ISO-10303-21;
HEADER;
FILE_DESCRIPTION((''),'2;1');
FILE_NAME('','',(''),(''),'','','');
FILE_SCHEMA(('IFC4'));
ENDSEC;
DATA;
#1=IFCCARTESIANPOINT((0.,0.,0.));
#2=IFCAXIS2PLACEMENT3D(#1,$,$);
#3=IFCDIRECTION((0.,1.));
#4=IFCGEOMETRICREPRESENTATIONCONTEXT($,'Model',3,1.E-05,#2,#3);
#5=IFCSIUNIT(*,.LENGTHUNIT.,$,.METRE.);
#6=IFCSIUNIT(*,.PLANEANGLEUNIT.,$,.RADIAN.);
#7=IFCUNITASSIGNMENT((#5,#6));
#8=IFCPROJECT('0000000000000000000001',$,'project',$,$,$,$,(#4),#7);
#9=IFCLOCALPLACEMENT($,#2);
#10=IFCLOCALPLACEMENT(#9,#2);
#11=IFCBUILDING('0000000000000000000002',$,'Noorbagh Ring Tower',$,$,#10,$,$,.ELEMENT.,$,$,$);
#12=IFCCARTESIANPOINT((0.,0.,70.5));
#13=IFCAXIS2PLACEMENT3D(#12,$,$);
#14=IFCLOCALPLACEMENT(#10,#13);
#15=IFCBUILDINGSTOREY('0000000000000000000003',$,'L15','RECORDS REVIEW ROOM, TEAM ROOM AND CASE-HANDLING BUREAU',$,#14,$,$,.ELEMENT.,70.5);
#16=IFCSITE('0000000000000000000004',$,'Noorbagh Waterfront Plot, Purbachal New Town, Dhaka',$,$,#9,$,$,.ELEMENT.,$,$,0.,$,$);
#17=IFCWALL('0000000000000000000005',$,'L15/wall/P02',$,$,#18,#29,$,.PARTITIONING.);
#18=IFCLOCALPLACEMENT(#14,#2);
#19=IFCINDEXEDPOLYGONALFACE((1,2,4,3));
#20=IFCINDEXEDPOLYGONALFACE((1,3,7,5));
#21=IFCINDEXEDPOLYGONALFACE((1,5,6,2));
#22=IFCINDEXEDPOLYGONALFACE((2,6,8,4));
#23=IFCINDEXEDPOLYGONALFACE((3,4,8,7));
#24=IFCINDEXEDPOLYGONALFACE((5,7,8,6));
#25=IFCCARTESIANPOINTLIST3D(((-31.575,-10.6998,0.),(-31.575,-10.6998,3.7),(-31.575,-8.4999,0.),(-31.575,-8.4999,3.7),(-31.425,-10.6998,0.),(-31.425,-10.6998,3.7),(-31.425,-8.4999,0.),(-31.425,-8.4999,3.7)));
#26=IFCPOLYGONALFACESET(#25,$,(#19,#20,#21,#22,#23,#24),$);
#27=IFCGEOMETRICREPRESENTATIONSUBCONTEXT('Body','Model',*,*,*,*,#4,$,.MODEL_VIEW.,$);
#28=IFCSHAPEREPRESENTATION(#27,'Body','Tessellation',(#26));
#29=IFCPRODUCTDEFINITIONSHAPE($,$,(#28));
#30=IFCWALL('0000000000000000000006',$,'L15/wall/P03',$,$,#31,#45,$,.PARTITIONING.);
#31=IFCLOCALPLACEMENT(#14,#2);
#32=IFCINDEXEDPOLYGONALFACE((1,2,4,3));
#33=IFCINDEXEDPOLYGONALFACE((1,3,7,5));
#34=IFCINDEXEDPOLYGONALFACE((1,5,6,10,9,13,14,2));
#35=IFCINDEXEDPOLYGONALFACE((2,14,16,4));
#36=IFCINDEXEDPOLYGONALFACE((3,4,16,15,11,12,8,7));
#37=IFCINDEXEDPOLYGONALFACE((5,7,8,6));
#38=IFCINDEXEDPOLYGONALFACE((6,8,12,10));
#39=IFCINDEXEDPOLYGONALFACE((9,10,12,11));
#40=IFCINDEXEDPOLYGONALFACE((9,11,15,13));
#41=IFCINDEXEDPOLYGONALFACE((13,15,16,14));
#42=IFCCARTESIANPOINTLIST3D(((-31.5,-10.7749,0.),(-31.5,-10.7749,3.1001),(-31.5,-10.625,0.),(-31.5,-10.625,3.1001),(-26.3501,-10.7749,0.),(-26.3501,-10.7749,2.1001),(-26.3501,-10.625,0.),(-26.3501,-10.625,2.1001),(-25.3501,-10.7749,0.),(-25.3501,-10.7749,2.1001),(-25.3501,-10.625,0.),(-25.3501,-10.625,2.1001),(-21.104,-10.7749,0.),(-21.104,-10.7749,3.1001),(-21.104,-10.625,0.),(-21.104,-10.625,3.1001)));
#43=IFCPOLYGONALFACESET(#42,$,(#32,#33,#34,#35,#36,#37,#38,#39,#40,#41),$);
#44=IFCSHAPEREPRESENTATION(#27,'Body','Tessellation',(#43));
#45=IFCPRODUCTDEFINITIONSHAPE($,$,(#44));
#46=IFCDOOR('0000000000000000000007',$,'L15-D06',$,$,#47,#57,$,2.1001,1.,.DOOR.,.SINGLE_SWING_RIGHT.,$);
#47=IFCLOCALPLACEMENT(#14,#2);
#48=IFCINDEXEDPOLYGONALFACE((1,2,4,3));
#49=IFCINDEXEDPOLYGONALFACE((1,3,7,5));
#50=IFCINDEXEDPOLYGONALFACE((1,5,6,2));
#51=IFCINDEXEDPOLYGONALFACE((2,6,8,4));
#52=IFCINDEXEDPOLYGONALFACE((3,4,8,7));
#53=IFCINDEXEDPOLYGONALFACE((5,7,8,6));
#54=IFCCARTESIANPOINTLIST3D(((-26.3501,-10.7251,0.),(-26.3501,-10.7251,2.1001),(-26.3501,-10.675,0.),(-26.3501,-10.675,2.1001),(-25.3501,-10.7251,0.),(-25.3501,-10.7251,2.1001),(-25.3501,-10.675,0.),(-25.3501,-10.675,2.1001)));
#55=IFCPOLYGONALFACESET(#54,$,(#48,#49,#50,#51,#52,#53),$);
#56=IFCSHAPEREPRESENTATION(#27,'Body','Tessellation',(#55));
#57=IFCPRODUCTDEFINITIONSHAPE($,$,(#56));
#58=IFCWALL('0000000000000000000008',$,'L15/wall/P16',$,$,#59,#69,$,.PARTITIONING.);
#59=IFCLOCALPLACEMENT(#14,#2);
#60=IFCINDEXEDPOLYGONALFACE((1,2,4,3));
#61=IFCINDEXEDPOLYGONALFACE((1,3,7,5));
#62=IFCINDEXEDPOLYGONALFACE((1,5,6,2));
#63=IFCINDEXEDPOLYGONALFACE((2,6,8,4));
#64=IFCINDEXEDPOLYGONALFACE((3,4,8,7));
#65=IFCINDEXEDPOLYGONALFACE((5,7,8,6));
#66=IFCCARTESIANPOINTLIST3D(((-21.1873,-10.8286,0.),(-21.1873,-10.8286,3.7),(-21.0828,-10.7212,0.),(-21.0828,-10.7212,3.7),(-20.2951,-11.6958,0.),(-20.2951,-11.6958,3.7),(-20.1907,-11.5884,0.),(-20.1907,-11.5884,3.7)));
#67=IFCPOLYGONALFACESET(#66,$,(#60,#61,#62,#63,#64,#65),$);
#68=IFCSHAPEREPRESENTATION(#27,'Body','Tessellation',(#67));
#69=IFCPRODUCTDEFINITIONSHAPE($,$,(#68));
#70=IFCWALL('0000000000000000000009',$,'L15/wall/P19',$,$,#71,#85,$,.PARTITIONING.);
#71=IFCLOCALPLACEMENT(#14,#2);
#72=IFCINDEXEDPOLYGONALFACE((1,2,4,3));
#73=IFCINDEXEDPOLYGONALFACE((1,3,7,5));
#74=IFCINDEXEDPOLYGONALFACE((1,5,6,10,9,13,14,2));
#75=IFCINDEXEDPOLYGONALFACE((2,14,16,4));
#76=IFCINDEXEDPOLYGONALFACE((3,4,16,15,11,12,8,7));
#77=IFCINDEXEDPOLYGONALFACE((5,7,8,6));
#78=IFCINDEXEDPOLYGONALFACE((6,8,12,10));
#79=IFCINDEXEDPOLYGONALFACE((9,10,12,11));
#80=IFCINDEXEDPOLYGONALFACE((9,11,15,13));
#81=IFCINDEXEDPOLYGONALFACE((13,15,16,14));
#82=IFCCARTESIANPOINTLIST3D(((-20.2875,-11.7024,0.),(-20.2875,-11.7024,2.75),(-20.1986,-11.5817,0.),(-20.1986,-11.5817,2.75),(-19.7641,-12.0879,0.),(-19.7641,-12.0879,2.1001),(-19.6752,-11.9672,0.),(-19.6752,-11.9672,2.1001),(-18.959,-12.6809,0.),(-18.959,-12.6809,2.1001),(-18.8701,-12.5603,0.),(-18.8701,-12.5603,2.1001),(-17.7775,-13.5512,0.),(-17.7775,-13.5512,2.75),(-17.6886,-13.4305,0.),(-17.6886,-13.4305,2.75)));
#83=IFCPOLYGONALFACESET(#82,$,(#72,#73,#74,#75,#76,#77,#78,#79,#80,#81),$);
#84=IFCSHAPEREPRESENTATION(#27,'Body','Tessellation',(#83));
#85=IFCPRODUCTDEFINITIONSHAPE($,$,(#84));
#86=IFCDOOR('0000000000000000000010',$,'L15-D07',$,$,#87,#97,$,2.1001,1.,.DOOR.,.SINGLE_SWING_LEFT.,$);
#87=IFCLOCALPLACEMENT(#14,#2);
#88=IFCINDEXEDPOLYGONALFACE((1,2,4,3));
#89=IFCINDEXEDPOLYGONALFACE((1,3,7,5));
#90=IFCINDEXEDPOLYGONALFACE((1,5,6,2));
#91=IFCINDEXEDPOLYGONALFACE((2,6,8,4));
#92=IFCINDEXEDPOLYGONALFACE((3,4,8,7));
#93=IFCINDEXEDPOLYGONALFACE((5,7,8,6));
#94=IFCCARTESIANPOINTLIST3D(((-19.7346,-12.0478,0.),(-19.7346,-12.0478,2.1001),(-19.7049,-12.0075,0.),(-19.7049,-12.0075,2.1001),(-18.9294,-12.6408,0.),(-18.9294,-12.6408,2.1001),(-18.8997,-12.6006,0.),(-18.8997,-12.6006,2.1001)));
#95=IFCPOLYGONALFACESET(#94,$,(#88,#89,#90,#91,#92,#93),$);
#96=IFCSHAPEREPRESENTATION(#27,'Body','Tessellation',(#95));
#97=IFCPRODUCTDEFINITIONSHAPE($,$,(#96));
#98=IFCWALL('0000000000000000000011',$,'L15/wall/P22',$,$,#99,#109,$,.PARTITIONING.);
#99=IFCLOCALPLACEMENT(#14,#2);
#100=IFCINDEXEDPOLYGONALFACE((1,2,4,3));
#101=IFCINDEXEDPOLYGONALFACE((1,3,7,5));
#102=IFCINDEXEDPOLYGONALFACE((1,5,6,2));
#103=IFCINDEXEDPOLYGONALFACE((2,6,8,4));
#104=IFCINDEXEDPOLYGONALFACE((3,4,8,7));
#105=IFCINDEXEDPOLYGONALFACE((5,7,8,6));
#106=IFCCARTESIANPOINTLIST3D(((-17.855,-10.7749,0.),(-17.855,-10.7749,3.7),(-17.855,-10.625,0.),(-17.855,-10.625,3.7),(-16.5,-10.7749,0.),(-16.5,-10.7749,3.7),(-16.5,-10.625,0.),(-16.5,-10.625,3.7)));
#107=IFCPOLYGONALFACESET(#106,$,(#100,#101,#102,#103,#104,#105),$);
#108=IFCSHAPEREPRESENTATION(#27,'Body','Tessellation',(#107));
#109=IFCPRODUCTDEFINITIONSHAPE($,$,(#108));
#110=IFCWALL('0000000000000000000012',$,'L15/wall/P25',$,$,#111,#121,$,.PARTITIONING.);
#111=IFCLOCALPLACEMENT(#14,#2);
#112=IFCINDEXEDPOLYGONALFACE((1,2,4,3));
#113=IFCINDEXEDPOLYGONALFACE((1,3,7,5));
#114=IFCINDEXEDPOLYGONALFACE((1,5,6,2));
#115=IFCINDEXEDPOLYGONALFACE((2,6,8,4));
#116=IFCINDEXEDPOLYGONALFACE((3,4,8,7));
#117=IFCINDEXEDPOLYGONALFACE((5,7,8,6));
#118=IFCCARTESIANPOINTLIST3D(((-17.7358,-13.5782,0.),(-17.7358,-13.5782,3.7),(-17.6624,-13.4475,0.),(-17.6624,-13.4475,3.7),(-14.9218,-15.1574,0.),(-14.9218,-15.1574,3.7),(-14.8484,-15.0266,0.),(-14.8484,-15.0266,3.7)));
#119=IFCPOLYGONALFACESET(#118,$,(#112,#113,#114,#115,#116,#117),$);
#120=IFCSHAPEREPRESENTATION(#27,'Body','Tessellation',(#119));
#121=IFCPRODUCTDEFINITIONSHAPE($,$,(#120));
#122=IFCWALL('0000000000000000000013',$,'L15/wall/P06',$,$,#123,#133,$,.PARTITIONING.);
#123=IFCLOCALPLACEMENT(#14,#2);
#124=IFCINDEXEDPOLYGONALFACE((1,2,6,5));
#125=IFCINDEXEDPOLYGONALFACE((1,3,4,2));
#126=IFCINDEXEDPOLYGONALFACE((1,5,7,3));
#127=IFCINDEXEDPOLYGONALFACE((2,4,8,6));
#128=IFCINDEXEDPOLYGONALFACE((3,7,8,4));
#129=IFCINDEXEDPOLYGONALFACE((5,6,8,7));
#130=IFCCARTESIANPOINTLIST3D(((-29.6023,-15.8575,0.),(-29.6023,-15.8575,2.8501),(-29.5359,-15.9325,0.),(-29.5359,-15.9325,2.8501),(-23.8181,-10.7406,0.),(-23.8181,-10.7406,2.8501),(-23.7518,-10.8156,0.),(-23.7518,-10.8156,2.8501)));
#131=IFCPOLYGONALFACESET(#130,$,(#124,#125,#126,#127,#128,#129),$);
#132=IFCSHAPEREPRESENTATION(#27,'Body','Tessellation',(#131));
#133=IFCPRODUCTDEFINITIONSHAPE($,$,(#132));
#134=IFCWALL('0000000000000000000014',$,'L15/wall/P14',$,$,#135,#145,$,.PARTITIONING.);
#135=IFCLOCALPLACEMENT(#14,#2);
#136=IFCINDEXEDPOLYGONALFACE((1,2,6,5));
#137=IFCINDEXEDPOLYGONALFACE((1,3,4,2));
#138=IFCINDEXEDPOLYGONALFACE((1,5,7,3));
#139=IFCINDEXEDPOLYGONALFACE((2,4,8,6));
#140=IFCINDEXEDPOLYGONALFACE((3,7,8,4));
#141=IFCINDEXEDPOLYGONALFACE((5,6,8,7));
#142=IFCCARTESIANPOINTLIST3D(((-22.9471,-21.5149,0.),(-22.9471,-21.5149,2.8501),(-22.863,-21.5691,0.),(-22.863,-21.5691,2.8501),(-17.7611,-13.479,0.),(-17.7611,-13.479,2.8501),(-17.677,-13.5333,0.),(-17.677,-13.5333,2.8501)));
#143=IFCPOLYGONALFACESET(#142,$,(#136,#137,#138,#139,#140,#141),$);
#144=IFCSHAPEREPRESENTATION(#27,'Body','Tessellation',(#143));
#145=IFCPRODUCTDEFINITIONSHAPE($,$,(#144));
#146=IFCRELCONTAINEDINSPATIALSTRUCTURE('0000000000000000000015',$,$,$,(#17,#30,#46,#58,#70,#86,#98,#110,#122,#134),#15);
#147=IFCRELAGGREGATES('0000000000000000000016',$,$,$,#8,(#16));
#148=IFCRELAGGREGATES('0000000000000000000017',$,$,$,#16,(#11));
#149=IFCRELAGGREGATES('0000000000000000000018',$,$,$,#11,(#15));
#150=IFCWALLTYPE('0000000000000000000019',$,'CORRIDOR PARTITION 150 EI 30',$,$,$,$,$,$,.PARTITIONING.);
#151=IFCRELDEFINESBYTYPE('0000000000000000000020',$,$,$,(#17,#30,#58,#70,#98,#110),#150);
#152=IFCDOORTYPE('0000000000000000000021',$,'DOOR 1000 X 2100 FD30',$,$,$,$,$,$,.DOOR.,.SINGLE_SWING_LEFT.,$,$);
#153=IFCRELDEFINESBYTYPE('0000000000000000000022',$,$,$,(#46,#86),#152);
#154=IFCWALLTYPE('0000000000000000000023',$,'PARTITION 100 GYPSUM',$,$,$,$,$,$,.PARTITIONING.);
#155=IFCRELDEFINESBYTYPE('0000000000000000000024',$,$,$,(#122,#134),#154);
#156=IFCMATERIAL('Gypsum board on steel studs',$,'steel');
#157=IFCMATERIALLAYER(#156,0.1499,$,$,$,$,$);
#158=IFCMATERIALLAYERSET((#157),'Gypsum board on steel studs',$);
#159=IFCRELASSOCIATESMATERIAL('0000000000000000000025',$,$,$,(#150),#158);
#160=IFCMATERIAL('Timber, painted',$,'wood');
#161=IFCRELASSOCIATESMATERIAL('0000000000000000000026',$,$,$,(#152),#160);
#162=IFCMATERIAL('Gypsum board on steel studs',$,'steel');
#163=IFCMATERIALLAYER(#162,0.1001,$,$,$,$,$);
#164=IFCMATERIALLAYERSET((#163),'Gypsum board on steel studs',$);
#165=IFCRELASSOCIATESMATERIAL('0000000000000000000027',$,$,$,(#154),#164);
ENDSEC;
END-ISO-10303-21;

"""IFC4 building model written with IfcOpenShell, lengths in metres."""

from ifc_helpers import new_model, si_unit, direction, frame, frame_2d, origin, place, context, subcontext, project, spatial, rectangle, extrude, material, layer, layer_set, type_object, element, fill, save


model = new_model("IFC4")

# Units and contexts
model_context = context("Model", 3, precision=1e-05, world=origin(), true_north=direction((0.0, 1.0)))
body_context = subcontext(model_context, "Body", "Model", "MODEL_VIEW")
ifc_project = project(units=[si_unit("LENGTHUNIT", "METRE"), si_unit("PLANEANGLEUNIT", "RADIAN")], contexts=[model_context])

# Site, building, storey
site_placement = place(None, origin())
site = spatial("IfcSite", under=ifc_project, at=site_placement, Name="Noorbagh Waterfront Plot, Purbachal New Town, Dhaka", CompositionType="ELEMENT", RefElevation=0.0)
building_placement = place(site_placement, origin())
building = spatial("IfcBuilding", under=site, at=building_placement, Name="Noorbagh Ring Tower", CompositionType="ELEMENT")
storey_placement = place(building_placement, frame((0.0, 0.0, 70.5)))
storey = spatial("IfcBuildingStorey", under=building, at=storey_placement, Name="L15", Description="RECORDS REVIEW ROOM, TEAM ROOM AND CASE-HANDLING BUREAU", CompositionType="ELEMENT", Elevation=70.5)

# Wall
ifc_material_1 = material(Name="Gypsum board on steel studs", Category="steel")
ifc_layer_1 = layer(ifc_material_1, 0.1499)
ifc_layer_set_1 = layer_set([ifc_layer_1], Name="Gypsum board on steel studs")
wall_type_1 = type_object("IfcWallType", Name="CORRIDOR PARTITION 150 EI 30", PredefinedType="PARTITIONING", material=ifc_layer_set_1)
wall_1_placement = place(storey_placement, frame((-31.5, -10.7, 0.0), z_axis=(0.0, 0.0, 1.0), x_axis=(0.0, 1.0, 0.0)))
element("IfcWall", 1, at=wall_1_placement, inside=storey, type_object=wall_type_1, Name="L15/wall/P02", PredefinedType="PARTITIONING", context=body_context, shape_type="SweptSolid", body=[
    extrude(rectangle(XDim=2.2, YDim=0.1499, at=frame_2d((1.1001, 0.0))), origin(), (0.0, 0.0, 1.0), 3.7),
])

# Wall, opening, door
wall_2_placement = place(storey_placement, frame((-31.5, -10.7, 0.0), z_axis=(0.0, 0.0, 1.0), x_axis=(1.0, 0.0, 0.0)))
wall_2 = element("IfcWall", 2, at=wall_2_placement, inside=storey, type_object=wall_type_1, Name="L15/wall/P03", PredefinedType="PARTITIONING", context=body_context, shape_type="SweptSolid", body=[
    extrude(rectangle(XDim=10.396, YDim=0.1499, at=frame_2d((5.198, 0.0))), origin(), (0.0, 0.0, 1.0), 3.1001),
])
opening_1_placement = place(wall_2_placement, frame((5.1499, 0.0, 0.0)))
opening_1 = element("IfcOpeningElement", 3, at=opening_1_placement, cuts=wall_2, PredefinedType="OPENING", context=body_context, shape_type="SweptSolid", body=[
    extrude(rectangle(XDim=1.0, YDim=2.1001, at=frame_2d((0.5, 1.05))), frame((0.0, 0.085, 0.0), z_axis=(0.0, -1.0, 0.0), x_axis=(1.0, 0.0, 0.0)), (0.0, 0.0, 1.0), 0.1699),
])
ifc_material_2 = material(Name="Timber, painted", Category="wood")
door_type = type_object("IfcDoorType", Name="DOOR 1000 X 2100 FD30", OperationType="SINGLE_SWING_LEFT", PredefinedType="DOOR", material=ifc_material_2)
door_1_placement = place(opening_1_placement, origin())
door_1 = element("IfcDoor", 4, at=door_1_placement, inside=storey, type_object=door_type, Name="L15-D06", OperationType="SINGLE_SWING_RIGHT", OverallHeight=2.1001, OverallWidth=1.0, PredefinedType="DOOR", context=body_context, shape_type="SweptSolid", body=[
    extrude(rectangle(XDim=1.0, YDim=2.1001, at=frame_2d((0.5, 1.05))), frame((0.0, 0.0249, 0.0), z_axis=(0.0, -1.0, 0.0), x_axis=(1.0, 0.0, 0.0)), (0.0, 0.0, 1.0), 0.05),
])
fill(opening_1, door_1)

# Wall
wall_3_placement = place(storey_placement, frame((-21.135, -10.7749, 0.0), z_axis=(0.0, 0.0, 1.0), x_axis=(0.717044, -0.697028, 0.0)))
element("IfcWall", 5, at=wall_3_placement, inside=storey, type_object=wall_type_1, Name="L15/wall/P16", PredefinedType="PARTITIONING", context=body_context, shape_type="SweptSolid", body=[
    extrude(rectangle(XDim=1.2441, YDim=0.1499, at=frame_2d((0.6221, 0.0))), origin(), (0.0, 0.0, 1.0), 3.7),
])

# Wall, opening, door
wall_4_placement = place(storey_placement, frame((-20.2429, -11.6421, 0.0), z_axis=(0.0, 0.0, 1.0), x_axis=(0.805148, -0.593073, 0.0)))
wall_4 = element("IfcWall", 6, at=wall_4_placement, inside=storey, type_object=wall_type_1, Name="L15/wall/P19", PredefinedType="PARTITIONING", context=body_context, shape_type="SweptSolid", body=[
    extrude(rectangle(XDim=3.1174, YDim=0.1499, at=frame_2d((1.5586, 0.0))), origin(), (0.0, 0.0, 1.0), 2.75),
])
opening_2_placement = place(wall_4_placement, frame((0.6499, 0.0, 0.0)))
opening_2 = element("IfcOpeningElement", 7, at=opening_2_placement, cuts=wall_4, PredefinedType="OPENING", context=body_context, shape_type="SweptSolid", body=[
    extrude(rectangle(XDim=1.0, YDim=2.1001, at=frame_2d((0.5, 1.05))), frame((0.0, 0.085, 0.0), z_axis=(0.0, -1.0, 0.0), x_axis=(1.0, 0.0, 0.0)), (0.0, 0.0, 1.0), 0.1699),
])
door_2_placement = place(opening_2_placement, origin())
door_2 = element("IfcDoor", 8, at=door_2_placement, inside=storey, type_object=door_type, Name="L15-D07", OperationType="SINGLE_SWING_LEFT", OverallHeight=2.1001, OverallWidth=1.0, PredefinedType="DOOR", context=body_context, shape_type="SweptSolid", body=[
    extrude(rectangle(XDim=1.0, YDim=2.1001, at=frame_2d((0.5, 1.05))), frame((0.0, 0.0249, 0.0), z_axis=(0.0, -1.0, 0.0), x_axis=(1.0, 0.0, 0.0)), (0.0, 0.0, 1.0), 0.05),
])
fill(opening_2, door_2)

# Walls
wall_5_placement = place(storey_placement, frame((-17.855, -10.7, 0.0), z_axis=(0.0, 0.0, 1.0), x_axis=(1.0, 0.0, 0.0)))
element("IfcWall", 9, at=wall_5_placement, inside=storey, type_object=wall_type_1, Name="L15/wall/P22", PredefinedType="PARTITIONING", context=body_context, shape_type="SweptSolid", body=[
    extrude(rectangle(XDim=1.355, YDim=0.1499, at=frame_2d((0.6775, 0.0))), origin(), (0.0, 0.0, 1.0), 3.7),
])
wall_6_placement = place(storey_placement, frame((-17.699, -13.5129, 0.0), z_axis=(0.0, 0.0, 1.0), x_axis=(0.872072, -0.489377, 0.0)))
element("IfcWall", 10, at=wall_6_placement, inside=storey, type_object=wall_type_1, Name="L15/wall/P25", PredefinedType="PARTITIONING", context=body_context, shape_type="SweptSolid", body=[
    extrude(rectangle(XDim=3.2268, YDim=0.1499, at=frame_2d((1.6133, 0.0))), origin(), (0.0, 0.0, 1.0), 3.7),
])
ifc_material_3 = material(Name="Gypsum board on steel studs", Category="steel")
ifc_layer_2 = layer(ifc_material_3, 0.1001)
ifc_layer_set_2 = layer_set([ifc_layer_2], Name="Gypsum board on steel studs")
wall_type_2 = type_object("IfcWallType", Name="PARTITION 100 GYPSUM", PredefinedType="PARTITIONING", material=ifc_layer_set_2)
wall_7_placement = place(storey_placement, frame((-29.5691, -15.895, 0.0), z_axis=(0.0, 0.0, 1.0), x_axis=(0.748986, 0.662586, 0.0)))
element("IfcWall", 11, at=wall_7_placement, inside=storey, type_object=wall_type_2, Name="L15/wall/P06", PredefinedType="PARTITIONING", context=body_context, shape_type="SweptSolid", body=[
    extrude(rectangle(XDim=7.7227, YDim=0.1001, at=frame_2d((3.8613, 0.0))), origin(), (0.0, 0.0, 1.0), 2.8501),
])
wall_8_placement = place(storey_placement, frame((-22.905, -21.542, 0.0), z_axis=(0.0, 0.0, 1.0), x_axis=(0.542244, 0.840221, 0.0)))
element("IfcWall", 12, at=wall_8_placement, inside=storey, type_object=wall_type_2, Name="L15/wall/P14", PredefinedType="PARTITIONING", context=body_context, shape_type="SweptSolid", body=[
    extrude(rectangle(XDim=9.564, YDim=0.1001, at=frame_2d((4.782, 0.0))), origin(), (0.0, 0.0, 1.0), 2.8501),
])

save(model, "model.ifc")
